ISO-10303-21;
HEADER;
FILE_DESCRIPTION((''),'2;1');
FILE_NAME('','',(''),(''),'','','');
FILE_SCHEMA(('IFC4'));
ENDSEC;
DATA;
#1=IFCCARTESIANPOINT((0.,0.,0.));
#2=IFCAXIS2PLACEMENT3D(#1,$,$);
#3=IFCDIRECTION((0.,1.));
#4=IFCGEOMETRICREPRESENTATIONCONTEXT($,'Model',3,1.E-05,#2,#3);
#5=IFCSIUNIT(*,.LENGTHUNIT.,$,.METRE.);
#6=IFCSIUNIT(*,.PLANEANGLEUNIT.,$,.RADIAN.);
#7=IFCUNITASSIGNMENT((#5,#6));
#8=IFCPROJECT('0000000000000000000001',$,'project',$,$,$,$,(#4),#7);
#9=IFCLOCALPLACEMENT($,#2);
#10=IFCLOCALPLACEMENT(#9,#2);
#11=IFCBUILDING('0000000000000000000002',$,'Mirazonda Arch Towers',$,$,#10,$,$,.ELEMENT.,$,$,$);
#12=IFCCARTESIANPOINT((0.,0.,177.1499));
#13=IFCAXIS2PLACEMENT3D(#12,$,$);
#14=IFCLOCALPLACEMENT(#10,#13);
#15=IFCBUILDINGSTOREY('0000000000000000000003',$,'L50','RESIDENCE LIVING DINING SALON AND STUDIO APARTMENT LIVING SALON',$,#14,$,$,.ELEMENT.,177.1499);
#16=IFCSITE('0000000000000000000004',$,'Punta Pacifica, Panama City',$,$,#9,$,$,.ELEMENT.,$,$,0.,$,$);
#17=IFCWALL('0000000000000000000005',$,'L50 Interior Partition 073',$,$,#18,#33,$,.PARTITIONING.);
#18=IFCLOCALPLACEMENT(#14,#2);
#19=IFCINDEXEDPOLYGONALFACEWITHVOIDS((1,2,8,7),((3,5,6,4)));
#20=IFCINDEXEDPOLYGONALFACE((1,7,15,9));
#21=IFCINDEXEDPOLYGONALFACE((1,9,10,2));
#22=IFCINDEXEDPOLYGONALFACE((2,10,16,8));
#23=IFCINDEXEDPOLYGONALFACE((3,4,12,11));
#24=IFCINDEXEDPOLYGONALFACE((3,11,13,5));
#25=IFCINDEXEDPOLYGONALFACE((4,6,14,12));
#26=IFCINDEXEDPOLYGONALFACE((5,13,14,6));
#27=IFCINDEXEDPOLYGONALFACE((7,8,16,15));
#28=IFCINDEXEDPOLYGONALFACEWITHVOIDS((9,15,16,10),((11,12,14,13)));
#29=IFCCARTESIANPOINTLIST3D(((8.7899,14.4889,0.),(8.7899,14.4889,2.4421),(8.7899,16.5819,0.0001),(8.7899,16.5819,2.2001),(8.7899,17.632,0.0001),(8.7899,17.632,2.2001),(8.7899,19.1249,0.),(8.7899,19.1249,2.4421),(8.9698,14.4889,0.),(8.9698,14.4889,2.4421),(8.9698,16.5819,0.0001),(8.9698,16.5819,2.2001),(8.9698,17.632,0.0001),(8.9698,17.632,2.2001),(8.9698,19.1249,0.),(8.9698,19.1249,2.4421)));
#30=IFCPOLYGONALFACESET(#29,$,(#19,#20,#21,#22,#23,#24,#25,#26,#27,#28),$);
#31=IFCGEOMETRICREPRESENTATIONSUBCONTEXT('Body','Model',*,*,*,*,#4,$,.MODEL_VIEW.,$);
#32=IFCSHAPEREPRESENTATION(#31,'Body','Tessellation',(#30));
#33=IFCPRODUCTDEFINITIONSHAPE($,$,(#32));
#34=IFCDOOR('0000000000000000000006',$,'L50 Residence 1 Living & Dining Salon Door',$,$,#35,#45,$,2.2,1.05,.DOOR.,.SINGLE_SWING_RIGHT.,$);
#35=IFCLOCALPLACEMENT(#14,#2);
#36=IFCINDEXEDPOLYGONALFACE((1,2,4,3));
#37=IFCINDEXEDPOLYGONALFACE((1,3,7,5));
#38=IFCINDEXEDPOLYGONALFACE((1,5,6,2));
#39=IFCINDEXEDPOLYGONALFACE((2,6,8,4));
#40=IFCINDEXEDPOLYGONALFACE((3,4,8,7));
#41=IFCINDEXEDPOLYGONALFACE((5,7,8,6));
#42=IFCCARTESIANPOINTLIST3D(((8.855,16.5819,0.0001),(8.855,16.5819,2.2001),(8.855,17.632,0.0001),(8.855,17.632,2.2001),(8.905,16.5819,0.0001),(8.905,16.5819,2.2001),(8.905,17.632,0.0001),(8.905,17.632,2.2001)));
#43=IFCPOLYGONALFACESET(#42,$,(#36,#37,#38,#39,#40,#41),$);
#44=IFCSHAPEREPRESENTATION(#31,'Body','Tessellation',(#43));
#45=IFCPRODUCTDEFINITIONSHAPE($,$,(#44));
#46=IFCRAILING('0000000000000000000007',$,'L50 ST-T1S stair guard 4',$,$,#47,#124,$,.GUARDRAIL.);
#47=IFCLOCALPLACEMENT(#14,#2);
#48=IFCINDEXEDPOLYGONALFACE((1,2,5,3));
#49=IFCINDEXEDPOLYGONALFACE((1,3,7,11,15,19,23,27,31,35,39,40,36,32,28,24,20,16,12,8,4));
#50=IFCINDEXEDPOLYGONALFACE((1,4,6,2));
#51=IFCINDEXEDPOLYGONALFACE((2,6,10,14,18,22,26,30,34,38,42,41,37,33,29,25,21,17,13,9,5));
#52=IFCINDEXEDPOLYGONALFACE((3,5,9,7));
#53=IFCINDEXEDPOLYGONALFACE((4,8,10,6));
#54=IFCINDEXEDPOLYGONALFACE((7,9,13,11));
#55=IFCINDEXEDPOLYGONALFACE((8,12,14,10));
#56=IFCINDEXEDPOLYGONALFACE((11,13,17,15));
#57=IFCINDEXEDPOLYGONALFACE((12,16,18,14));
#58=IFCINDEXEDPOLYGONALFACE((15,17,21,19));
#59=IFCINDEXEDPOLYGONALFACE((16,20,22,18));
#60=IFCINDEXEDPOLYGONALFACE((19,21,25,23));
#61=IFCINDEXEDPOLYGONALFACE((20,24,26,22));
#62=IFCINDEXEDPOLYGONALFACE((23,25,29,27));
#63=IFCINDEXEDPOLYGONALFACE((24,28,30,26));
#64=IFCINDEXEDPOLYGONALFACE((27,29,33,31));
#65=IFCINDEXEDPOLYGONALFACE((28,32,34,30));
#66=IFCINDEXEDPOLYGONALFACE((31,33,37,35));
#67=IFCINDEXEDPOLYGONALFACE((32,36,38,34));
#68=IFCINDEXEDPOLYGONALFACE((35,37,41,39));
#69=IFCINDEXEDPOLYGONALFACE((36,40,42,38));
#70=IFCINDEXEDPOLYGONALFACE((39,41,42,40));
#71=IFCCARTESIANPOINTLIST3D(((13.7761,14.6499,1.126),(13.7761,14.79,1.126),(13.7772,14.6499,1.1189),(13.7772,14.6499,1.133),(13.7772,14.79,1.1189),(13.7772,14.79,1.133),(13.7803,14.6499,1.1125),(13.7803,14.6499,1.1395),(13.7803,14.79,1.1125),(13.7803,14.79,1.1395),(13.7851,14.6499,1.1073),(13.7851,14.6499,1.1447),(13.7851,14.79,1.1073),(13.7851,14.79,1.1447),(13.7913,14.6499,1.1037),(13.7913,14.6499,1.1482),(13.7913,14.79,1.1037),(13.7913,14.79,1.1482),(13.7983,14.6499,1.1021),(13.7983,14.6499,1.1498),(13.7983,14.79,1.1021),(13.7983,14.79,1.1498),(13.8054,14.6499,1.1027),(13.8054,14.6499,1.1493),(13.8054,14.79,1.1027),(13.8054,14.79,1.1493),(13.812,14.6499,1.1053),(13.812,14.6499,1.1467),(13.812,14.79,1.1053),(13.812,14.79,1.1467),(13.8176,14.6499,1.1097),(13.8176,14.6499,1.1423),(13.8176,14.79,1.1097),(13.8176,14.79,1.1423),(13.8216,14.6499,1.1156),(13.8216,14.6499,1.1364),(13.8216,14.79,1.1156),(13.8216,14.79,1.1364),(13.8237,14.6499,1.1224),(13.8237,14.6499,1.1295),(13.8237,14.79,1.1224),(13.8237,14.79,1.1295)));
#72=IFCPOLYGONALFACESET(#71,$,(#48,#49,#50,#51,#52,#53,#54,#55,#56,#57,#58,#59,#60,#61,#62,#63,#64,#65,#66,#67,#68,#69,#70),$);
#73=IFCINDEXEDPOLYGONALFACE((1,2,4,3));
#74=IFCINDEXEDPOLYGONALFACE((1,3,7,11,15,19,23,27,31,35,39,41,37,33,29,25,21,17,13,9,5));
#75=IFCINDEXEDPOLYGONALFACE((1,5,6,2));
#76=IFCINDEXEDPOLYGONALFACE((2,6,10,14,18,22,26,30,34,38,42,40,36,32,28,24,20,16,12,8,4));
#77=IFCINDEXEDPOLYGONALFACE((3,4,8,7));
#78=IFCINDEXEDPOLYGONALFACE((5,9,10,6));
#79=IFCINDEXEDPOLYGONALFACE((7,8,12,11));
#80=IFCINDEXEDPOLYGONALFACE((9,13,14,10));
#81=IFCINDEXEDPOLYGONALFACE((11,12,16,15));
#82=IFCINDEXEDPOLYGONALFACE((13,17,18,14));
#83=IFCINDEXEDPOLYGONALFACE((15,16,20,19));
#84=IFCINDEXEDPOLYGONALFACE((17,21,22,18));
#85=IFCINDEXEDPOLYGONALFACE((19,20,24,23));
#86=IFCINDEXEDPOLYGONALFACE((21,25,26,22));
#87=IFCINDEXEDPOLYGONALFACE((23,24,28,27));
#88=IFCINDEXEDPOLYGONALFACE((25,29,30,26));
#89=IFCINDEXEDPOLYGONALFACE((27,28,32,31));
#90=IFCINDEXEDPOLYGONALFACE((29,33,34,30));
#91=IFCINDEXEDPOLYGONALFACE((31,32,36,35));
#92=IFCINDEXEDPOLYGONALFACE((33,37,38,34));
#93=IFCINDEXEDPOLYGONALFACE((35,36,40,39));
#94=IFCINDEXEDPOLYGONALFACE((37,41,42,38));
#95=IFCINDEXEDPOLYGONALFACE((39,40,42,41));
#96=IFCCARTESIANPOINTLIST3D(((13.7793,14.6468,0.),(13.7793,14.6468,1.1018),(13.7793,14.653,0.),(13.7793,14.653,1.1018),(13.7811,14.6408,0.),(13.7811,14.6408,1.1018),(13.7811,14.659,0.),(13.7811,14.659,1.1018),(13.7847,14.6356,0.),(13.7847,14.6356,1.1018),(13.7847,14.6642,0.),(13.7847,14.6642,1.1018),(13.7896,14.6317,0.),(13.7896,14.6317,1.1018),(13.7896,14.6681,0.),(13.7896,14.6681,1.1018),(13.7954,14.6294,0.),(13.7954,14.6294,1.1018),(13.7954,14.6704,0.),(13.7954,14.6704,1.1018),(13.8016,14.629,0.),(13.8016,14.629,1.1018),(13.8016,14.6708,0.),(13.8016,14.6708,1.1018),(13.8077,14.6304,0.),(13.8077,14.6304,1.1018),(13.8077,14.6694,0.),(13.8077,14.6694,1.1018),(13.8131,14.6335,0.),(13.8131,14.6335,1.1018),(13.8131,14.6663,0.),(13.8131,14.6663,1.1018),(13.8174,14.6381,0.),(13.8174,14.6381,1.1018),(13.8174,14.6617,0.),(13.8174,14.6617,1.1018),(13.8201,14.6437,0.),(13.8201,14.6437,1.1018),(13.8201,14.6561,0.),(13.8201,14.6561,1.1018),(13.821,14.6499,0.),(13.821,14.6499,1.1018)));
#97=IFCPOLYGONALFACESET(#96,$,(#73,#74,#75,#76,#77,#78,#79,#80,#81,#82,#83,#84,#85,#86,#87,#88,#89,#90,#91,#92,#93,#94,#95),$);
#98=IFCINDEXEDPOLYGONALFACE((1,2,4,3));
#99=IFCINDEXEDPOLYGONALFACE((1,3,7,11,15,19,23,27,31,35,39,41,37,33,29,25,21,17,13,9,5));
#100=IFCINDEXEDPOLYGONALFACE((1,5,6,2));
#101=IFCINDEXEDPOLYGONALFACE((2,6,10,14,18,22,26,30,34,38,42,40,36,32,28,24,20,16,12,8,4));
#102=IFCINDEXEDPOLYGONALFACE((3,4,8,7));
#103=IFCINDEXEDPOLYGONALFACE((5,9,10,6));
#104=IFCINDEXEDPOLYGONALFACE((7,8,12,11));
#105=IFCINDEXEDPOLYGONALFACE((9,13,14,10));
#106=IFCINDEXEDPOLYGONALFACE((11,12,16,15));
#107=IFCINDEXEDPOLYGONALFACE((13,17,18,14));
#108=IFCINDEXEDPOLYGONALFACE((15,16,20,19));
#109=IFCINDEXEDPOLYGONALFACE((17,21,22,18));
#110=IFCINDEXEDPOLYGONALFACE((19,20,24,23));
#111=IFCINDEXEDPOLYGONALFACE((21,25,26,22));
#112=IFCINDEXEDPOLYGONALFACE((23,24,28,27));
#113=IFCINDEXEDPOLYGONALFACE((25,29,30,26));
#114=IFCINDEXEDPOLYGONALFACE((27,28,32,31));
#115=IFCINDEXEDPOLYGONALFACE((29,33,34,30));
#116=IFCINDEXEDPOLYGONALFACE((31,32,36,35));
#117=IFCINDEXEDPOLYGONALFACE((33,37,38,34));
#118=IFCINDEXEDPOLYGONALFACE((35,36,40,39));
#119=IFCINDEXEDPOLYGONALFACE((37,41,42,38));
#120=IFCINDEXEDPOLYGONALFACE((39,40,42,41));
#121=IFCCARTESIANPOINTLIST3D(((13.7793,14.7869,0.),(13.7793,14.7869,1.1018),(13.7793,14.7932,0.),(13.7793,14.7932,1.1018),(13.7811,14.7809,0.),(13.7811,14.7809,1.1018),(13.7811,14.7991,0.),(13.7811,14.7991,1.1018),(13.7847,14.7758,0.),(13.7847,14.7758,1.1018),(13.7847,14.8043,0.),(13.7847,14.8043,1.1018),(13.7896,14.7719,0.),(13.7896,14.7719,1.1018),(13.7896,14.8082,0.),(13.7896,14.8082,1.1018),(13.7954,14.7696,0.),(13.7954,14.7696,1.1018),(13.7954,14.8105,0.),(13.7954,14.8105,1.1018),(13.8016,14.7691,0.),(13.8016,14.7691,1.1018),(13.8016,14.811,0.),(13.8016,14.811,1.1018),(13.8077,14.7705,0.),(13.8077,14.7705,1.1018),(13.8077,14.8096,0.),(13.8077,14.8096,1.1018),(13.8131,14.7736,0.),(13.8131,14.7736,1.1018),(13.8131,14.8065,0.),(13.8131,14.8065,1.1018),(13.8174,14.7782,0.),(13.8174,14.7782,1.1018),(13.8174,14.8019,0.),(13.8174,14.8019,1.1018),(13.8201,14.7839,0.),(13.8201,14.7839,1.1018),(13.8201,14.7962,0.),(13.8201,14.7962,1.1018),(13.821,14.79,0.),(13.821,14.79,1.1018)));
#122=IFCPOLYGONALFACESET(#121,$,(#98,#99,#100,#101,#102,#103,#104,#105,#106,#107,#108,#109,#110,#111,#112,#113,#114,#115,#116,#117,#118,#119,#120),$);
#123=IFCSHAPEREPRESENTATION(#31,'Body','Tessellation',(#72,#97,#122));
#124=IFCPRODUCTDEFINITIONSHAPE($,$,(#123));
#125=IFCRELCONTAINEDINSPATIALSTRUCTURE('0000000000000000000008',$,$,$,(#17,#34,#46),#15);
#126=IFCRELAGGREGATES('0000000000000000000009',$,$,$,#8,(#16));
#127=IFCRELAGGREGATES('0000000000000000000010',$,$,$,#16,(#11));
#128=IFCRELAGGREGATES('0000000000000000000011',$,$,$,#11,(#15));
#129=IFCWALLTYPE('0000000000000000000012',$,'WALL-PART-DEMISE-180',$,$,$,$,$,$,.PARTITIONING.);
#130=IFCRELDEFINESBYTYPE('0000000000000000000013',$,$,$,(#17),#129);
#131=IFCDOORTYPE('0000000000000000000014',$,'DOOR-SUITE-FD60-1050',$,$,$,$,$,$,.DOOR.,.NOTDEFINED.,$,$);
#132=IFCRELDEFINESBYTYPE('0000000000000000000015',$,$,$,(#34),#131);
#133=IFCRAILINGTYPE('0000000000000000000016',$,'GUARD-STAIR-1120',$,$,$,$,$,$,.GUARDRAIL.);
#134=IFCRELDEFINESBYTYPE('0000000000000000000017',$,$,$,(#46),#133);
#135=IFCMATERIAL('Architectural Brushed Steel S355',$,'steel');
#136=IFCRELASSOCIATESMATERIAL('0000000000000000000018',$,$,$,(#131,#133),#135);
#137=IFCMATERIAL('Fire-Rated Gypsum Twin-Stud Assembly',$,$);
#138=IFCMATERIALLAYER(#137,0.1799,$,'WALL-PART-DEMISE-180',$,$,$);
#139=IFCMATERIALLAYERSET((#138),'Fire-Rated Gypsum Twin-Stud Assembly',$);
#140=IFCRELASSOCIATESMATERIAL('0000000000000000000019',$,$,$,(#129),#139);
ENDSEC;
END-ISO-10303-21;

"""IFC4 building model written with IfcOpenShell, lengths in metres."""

from ifc_helpers import new_model, si_unit, direction, frame, frame_2d, origin, origin_2d, place, context, subcontext, project, spatial, rectangle, circle, extrude, material, layer, layer_set, type_object, element, fill, save


model = new_model("IFC4")

# Units and contexts
model_context = context("Model", 3, precision=1e-05, world=origin(), true_north=direction((0.0, 1.0)))
body_context = subcontext(model_context, "Body", "Model", "MODEL_VIEW")
ifc_project = project(units=[si_unit("LENGTHUNIT", "METRE"), si_unit("PLANEANGLEUNIT", "RADIAN")], contexts=[model_context])

# Site, building, storey
site_placement = place(None, origin())
site = spatial("IfcSite", under=ifc_project, at=site_placement, Name="Punta Pacifica, Panama City", CompositionType="ELEMENT", RefElevation=0.0)
building_placement = place(site_placement, origin())
building = spatial("IfcBuilding", under=site, at=building_placement, Name="Mirazonda Arch Towers", CompositionType="ELEMENT")
storey_placement = place(building_placement, frame((0.0, 0.0, 177.1499)))
storey = spatial("IfcBuildingStorey", under=building, at=storey_placement, Name="L50", Description="RESIDENCE LIVING DINING SALON AND STUDIO APARTMENT LIVING SALON", CompositionType="ELEMENT", Elevation=177.1499)

# Shared definitions
ifc_material_1 = material(Name="Architectural Brushed Steel S355", Category="steel")
door_type_1 = type_object("IfcDoorType", Name="DOOR-SUITE-FD60-1050", OperationType="NOTDEFINED", PredefinedType="DOOR", material=ifc_material_1)

# Shared definitions
ifc_material_2 = material(Name="Fire-Rated Gypsum Twin-Stud Assembly")
ifc_layer_1 = layer(ifc_material_2, 0.1799, Name="WALL-PART-DEMISE-180")
ifc_layer_set_1 = layer_set([ifc_layer_1], Name="Fire-Rated Gypsum Twin-Stud Assembly")
wall_type_1 = type_object("IfcWallType", Name="WALL-PART-DEMISE-180", PredefinedType="PARTITIONING", material=ifc_layer_set_1)

# Wall, opening, door
wall_1_placement = place(storey_placement, frame((8.8799, 14.489, 0.0), z_axis=(0.0, 0.0, 1.0), x_axis=(0.0, 1.0, 0.0)))
wall_1 = element("IfcWall", 1, at=wall_1_placement, inside=storey, type_object=wall_type_1, Name="L50 Interior Partition 073", PredefinedType="PARTITIONING", context=body_context, shape_type="SweptSolid", body=[
    extrude(rectangle(XDim=4.636, YDim=0.1799, at=frame_2d((2.3179, 0.0))), origin(), (0.0, 0.0, 1.0), 2.4421),
])
opening_1_placement = place(wall_1_placement, frame((2.093, 0.0, 0.0)))
opening_1 = element("IfcOpeningElement", 2, at=opening_1_placement, cuts=wall_1, PredefinedType="OPENING", context=body_context, shape_type="SweptSolid", body=[
    extrude(rectangle(XDim=1.05, YDim=2.2, at=frame_2d((0.5249, 1.1001))), frame((0.0, 0.0999, 0.0), z_axis=(0.0, -1.0, 0.0), x_axis=(1.0, 0.0, 0.0)), (0.0, 0.0, 1.0), 0.2),
])
door_1_placement = place(opening_1_placement, origin())
door_1 = element("IfcDoor", 3, at=door_1_placement, inside=storey, type_object=door_type_1, Name="L50 Residence 1 Living & Dining Salon Door", OperationType="SINGLE_SWING_RIGHT", OverallHeight=2.2, OverallWidth=1.05, PredefinedType="DOOR", context=body_context, shape_type="SweptSolid", body=[
    extrude(rectangle(XDim=1.05, YDim=2.2, at=frame_2d((0.5249, 1.1001))), frame((0.0, 0.0249, 0.0), z_axis=(0.0, -1.0, 0.0), x_axis=(1.0, 0.0, 0.0)), (0.0, 0.0, 1.0), 0.05),
])
fill(opening_1, door_1)

# Railing
railing_type = type_object("IfcRailingType", Name="GUARD-STAIR-1120", PredefinedType="GUARDRAIL", material=ifc_material_1)
railing_placement = place(storey_placement, frame((13.8, 14.6499, 0.0)))
element("IfcRailing", 4, at=railing_placement, inside=storey, type_object=railing_type, Name="L50 ST-T1S stair guard 4", PredefinedType="GUARDRAIL", context=body_context, shape_type="SweptSolid", body=[
    extrude(circle(Radius=0.0239, at=origin_2d()), frame((0.0, 0.0, 1.126), z_axis=(0.0, 1.0, 0.0), x_axis=(-1.0, 0.0, 0.0)), (0.0, 0.0, 1.0), 0.1401),
    extrude(circle(Radius=0.021, at=origin_2d()), origin(), (0.0, 0.0, 1.0), 1.1018),
    extrude(circle(Radius=0.021, at=origin_2d()), frame((0.0, 0.1401, 0.0)), (0.0, 0.0, 1.0), 1.1018),
])

save(model, "model.ifc")
